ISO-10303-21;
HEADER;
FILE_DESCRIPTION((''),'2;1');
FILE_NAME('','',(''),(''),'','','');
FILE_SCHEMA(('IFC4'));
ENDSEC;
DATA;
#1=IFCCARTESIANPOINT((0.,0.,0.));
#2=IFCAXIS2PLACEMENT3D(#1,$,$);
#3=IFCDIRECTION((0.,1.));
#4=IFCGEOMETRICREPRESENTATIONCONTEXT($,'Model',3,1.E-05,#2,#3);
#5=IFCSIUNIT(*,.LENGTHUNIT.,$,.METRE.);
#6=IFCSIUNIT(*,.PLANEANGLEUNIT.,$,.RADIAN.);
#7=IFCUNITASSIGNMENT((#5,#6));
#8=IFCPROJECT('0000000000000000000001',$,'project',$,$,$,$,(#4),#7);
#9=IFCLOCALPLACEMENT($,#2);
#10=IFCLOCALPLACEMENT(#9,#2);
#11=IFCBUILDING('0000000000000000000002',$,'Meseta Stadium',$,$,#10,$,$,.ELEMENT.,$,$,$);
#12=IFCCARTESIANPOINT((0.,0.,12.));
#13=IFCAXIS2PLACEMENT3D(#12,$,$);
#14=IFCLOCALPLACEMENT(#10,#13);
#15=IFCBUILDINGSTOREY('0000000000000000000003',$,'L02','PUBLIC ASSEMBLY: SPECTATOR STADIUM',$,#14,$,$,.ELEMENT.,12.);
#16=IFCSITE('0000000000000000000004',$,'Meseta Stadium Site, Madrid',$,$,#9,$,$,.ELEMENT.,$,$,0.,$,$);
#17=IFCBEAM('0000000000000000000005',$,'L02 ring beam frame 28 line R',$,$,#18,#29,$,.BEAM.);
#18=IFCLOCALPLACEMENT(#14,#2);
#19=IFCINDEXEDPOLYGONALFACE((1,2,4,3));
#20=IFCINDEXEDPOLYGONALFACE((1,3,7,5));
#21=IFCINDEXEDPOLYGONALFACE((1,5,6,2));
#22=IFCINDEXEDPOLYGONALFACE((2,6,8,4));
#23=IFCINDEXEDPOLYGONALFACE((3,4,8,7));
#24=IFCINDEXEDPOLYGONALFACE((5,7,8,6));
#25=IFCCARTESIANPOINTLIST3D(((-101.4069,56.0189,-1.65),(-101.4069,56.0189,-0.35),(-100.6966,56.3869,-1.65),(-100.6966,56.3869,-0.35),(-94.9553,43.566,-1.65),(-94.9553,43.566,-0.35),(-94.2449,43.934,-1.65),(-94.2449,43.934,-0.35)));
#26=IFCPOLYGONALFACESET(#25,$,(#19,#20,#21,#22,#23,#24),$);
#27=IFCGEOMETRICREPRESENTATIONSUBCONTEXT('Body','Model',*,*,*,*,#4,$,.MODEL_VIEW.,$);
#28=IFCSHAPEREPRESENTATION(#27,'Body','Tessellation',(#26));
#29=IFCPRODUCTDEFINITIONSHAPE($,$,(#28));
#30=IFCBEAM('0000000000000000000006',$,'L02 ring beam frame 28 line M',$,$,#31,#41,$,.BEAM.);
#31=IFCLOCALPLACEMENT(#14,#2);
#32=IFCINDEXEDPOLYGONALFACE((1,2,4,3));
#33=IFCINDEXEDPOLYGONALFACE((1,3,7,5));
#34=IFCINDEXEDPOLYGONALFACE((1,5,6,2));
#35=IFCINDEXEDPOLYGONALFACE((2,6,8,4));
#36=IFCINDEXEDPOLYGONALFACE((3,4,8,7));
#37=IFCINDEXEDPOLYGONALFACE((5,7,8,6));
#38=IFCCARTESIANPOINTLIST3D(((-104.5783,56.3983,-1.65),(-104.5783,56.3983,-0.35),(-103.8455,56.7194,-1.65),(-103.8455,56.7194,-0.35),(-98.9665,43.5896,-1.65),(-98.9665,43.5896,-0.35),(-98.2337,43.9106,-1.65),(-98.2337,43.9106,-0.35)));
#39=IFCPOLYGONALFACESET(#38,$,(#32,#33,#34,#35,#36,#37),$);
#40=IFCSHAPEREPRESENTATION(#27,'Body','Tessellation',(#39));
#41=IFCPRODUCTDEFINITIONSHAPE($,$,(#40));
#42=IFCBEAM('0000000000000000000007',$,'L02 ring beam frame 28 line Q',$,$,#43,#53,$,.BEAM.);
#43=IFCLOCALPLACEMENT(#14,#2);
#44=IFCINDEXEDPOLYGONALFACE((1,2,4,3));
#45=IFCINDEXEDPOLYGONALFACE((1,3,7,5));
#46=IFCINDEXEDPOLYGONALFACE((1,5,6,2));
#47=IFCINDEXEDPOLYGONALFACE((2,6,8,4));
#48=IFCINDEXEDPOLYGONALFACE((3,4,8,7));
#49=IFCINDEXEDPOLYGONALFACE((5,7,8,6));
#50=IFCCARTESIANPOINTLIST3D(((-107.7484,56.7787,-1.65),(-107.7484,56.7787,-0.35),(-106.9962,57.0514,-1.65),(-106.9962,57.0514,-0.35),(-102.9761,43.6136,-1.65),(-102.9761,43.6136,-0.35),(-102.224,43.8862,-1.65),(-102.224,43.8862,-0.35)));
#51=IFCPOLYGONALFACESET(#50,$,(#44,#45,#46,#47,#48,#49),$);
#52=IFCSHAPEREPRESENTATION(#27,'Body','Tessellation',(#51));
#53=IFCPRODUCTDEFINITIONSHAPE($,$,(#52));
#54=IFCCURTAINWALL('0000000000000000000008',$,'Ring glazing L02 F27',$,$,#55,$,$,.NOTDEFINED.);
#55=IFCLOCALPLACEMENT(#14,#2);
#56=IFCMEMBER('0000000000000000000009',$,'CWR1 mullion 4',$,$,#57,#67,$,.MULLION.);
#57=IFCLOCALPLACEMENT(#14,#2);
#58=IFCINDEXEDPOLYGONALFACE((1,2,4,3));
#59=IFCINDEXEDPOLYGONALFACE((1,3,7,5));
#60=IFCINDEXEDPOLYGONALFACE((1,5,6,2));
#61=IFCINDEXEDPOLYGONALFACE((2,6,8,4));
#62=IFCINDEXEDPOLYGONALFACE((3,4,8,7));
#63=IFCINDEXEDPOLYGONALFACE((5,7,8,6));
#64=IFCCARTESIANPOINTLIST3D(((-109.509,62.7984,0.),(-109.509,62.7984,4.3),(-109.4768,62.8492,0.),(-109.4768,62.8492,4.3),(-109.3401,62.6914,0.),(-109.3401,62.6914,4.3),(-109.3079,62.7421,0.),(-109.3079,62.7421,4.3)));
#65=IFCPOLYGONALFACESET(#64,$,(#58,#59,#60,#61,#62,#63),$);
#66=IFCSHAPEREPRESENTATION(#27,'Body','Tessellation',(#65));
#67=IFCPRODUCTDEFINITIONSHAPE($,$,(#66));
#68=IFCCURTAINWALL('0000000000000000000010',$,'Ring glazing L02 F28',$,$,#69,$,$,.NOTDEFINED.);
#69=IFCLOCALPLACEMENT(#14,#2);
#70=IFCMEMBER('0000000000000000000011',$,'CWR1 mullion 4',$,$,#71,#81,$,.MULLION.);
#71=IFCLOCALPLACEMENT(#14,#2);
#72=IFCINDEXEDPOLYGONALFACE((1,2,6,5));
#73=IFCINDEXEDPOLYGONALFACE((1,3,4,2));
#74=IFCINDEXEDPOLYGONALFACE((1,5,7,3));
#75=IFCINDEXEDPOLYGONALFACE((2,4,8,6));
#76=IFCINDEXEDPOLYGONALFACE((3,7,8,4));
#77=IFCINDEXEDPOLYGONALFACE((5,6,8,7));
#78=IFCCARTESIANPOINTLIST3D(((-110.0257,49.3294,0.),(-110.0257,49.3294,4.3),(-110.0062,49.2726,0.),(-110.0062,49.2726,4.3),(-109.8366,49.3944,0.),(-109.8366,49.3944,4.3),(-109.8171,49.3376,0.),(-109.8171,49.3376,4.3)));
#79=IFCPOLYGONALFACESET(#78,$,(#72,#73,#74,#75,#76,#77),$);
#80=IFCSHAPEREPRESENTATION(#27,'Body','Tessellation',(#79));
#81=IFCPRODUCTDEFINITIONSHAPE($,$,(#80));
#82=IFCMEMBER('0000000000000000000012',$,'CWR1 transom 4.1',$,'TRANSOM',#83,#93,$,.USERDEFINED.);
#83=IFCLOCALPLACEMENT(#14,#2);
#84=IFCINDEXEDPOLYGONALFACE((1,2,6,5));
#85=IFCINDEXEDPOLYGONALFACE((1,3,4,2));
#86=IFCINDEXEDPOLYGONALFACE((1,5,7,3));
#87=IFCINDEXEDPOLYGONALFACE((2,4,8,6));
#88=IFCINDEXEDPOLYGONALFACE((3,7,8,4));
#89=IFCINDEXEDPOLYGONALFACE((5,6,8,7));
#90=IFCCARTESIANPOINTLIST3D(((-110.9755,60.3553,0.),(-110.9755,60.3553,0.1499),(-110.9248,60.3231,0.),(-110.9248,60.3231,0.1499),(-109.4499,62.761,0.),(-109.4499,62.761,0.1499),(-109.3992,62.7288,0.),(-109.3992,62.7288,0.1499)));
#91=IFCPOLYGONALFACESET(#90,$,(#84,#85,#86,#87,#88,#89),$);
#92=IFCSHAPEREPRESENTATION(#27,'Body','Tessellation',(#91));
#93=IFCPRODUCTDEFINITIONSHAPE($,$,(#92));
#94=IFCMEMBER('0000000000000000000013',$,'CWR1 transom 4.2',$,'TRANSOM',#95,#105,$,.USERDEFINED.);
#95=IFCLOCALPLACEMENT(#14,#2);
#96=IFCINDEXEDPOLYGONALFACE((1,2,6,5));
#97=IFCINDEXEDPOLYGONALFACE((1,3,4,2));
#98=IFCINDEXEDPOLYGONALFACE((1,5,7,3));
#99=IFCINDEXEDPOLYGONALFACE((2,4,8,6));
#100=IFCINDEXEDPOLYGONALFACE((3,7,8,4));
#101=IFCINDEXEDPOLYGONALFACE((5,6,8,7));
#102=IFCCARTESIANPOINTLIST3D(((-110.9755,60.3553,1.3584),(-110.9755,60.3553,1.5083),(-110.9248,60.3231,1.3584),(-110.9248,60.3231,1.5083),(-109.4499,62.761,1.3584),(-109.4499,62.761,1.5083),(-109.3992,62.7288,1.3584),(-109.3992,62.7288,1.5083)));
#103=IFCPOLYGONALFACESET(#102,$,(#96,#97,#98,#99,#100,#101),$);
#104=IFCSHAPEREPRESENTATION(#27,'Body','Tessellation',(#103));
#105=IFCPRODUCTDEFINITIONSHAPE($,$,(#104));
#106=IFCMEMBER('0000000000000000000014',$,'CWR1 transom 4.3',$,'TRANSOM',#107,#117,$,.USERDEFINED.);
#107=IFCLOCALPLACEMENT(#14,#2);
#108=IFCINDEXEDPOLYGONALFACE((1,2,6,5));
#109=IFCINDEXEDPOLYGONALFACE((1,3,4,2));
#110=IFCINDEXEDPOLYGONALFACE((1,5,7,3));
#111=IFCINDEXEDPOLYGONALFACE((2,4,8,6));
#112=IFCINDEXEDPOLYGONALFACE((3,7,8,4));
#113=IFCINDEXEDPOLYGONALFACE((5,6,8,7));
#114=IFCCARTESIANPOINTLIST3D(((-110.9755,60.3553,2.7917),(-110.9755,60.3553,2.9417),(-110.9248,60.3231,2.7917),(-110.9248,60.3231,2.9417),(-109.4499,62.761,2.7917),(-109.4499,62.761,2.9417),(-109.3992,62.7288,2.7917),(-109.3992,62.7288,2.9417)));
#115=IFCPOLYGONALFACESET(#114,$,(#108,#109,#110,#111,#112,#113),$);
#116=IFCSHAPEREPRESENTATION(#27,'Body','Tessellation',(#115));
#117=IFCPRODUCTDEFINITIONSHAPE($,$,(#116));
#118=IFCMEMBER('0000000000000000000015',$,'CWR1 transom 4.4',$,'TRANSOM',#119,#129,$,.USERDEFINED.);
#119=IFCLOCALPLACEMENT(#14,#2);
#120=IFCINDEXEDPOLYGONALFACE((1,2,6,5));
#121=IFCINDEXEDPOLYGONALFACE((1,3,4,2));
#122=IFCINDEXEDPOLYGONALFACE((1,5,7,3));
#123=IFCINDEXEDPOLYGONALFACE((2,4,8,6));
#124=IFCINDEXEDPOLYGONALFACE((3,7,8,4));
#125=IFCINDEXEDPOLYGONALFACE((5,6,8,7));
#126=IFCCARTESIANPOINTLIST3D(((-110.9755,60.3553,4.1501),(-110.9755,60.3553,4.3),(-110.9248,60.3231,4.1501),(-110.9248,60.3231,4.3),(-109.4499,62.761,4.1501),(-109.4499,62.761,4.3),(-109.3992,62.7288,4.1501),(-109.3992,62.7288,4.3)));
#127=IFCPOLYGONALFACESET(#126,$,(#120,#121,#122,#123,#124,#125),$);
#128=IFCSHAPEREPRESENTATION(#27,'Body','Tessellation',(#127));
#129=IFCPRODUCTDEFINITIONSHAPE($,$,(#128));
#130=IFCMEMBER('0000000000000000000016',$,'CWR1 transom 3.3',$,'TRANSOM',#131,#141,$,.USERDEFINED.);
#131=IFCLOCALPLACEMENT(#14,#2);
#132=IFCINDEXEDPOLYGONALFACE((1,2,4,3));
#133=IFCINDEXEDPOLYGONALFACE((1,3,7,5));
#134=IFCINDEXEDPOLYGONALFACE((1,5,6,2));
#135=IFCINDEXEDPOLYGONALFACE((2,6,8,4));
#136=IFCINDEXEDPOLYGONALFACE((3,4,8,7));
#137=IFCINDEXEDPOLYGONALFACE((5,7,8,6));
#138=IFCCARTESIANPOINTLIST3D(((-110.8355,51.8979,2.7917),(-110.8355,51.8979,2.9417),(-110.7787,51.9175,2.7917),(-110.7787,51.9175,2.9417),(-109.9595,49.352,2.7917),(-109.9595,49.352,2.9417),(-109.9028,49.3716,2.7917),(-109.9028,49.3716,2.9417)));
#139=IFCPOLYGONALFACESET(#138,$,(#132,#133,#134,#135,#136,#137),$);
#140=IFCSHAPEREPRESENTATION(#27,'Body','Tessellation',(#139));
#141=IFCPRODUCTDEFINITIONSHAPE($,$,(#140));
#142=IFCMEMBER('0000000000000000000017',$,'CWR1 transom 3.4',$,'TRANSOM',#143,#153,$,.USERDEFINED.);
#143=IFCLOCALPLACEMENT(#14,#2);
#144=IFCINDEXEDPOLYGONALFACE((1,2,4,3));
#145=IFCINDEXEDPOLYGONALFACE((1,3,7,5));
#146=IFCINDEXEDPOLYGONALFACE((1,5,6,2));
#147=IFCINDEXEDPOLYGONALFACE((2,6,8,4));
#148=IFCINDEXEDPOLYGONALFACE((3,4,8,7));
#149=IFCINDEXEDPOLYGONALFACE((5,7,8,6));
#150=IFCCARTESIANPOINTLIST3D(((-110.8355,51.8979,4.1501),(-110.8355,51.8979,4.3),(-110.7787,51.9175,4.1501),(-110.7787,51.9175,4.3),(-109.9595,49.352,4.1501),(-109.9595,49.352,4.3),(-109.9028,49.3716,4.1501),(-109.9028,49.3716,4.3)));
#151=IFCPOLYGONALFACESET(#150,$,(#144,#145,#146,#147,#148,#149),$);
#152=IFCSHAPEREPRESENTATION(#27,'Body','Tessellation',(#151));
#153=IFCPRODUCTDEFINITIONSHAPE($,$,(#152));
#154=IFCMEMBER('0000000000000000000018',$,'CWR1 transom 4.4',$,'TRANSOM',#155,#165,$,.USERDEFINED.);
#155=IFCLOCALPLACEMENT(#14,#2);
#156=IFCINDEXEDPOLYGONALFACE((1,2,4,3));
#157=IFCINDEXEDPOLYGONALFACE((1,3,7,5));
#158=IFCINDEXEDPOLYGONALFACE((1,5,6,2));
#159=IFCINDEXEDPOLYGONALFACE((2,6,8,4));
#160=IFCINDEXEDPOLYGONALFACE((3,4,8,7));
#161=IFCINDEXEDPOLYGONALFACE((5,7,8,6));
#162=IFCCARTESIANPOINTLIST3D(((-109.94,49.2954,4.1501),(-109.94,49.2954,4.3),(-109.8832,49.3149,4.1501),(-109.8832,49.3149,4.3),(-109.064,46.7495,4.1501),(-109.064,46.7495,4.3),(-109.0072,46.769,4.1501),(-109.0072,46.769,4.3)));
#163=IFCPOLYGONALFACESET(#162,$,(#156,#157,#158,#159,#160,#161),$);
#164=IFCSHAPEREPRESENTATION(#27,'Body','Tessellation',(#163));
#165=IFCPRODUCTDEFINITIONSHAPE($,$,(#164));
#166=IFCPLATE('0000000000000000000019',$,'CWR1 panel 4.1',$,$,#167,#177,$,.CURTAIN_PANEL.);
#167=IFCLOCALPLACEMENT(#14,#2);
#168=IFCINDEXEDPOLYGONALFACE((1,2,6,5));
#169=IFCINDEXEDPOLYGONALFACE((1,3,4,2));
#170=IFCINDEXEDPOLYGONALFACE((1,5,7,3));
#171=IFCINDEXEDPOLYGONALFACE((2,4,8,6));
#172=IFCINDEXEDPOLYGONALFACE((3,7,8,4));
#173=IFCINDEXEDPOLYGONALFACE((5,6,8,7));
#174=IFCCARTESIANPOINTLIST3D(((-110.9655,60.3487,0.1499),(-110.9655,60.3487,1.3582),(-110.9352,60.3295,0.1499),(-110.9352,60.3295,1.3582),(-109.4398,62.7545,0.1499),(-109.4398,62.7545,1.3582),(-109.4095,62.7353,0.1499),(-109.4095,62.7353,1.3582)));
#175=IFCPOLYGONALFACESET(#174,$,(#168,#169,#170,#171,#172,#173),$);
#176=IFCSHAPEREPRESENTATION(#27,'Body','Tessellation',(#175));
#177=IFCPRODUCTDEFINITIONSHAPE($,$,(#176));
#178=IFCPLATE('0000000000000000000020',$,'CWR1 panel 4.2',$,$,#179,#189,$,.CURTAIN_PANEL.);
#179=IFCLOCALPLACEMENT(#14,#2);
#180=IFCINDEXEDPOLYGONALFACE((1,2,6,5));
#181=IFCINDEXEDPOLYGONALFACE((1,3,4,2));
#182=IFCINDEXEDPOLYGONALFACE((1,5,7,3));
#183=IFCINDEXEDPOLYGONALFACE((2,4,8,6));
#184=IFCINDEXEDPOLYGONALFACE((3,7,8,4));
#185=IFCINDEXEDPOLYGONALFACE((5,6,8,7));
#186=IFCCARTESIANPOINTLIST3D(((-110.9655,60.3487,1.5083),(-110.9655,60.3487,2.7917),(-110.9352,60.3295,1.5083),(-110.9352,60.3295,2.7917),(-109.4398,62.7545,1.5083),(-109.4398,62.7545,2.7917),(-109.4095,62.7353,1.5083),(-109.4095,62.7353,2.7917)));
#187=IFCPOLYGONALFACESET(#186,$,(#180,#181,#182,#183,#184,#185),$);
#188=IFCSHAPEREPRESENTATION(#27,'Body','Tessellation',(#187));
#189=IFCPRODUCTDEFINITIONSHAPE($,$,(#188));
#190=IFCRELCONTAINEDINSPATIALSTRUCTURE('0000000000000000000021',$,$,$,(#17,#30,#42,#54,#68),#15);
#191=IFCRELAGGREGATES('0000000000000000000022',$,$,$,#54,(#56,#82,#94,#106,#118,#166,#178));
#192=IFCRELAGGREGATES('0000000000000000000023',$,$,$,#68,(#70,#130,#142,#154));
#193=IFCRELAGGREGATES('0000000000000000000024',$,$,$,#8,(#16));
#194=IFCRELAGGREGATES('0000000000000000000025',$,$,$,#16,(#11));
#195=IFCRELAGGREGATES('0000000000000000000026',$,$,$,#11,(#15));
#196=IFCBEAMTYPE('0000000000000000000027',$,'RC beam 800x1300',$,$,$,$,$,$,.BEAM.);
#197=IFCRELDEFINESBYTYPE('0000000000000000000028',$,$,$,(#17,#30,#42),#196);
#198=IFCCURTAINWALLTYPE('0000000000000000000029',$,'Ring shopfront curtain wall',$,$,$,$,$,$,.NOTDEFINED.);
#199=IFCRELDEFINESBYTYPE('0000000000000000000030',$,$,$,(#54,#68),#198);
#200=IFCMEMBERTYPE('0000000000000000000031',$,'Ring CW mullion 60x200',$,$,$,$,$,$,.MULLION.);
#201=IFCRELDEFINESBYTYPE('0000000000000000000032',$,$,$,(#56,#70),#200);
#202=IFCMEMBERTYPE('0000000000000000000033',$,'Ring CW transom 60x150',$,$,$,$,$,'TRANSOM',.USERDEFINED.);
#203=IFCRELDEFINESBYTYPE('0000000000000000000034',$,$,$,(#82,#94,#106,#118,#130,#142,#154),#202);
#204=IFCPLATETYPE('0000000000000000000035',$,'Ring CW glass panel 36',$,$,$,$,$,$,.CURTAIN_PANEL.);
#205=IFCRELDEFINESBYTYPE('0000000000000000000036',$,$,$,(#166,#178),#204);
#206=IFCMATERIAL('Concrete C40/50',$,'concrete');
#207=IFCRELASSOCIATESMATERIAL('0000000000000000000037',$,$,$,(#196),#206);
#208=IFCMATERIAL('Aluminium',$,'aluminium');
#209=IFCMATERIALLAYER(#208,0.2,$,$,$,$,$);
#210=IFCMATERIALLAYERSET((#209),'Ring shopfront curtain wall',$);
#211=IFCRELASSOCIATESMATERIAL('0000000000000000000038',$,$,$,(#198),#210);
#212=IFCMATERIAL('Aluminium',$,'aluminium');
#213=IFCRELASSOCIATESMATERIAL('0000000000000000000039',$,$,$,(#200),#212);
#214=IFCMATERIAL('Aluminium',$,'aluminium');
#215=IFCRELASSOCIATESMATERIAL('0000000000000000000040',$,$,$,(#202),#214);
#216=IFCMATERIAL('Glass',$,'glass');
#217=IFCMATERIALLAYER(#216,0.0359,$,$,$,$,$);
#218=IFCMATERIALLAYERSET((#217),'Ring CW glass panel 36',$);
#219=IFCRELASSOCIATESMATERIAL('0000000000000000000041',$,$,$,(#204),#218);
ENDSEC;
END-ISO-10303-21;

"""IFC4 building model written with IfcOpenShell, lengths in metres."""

from ifc_helpers import new_model, si_unit, direction, frame, origin, origin_2d, place, context, subcontext, project, spatial, rectangle, extrude, material, layer, layer_set, material_profile, profile_set, type_object, element, aggregate, save


model = new_model("IFC4")

# Units and contexts
model_context = context("Model", 3, precision=1e-05, world=origin(), true_north=direction((0.0, 1.0)))
body_context = subcontext(model_context, "Body", "Model", "MODEL_VIEW")
ifc_project = project(units=[si_unit("LENGTHUNIT", "METRE"), si_unit("PLANEANGLEUNIT", "RADIAN")], contexts=[model_context])

# Site, building, storey
site_placement = place(None, origin())
site = spatial("IfcSite", under=ifc_project, at=site_placement, Name="Meseta Stadium Site, Madrid", CompositionType="ELEMENT", RefElevation=0.0)
building_placement = place(site_placement, origin())
building = spatial("IfcBuilding", under=site, at=building_placement, Name="Meseta Stadium", CompositionType="ELEMENT")
storey_placement = place(building_placement, frame((0.0, 0.0, 12.0)))
storey = spatial("IfcBuildingStorey", under=building, at=storey_placement, Name="L02", Description="PUBLIC ASSEMBLY: SPECTATOR STADIUM", CompositionType="ELEMENT", Elevation=12.0)

# Beams
ifc_material_1 = material(Name="Concrete C40/50", Category="concrete")
ifc_material_profile_1 = material_profile(ifc_material_1, rectangle(XDim=0.8, YDim=1.3, at=origin_2d()), Name="RC 800x1300")
ifc_profile_set_1 = profile_set([ifc_material_profile_1], Name="Concrete C40/50")
beam_type_1 = type_object("IfcBeamType", Name="RC beam 800x1300", PredefinedType="BEAM", material=ifc_profile_set_1)
beam_1_placement = place(storey_placement, frame((-101.0518, 56.2029, -1.0), z_axis=(0.460014, -0.887912, 0.0), x_axis=(0.887912, 0.460014, 0.0)))
element("IfcBeam", 1, at=beam_1_placement, inside=storey, type_object=beam_type_1, Name="L02 ring beam frame 28 line R", PredefinedType="BEAM", context=body_context, shape_type="SweptSolid", body=[
    extrude(rectangle(XDim=0.8, YDim=1.3, at=origin_2d()), origin(), (0.0, 0.0, 1.0), 14.0249),
])
beam_2_placement = place(storey_placement, frame((-104.2119, 56.5588, -1.0), z_axis=(0.401296, -0.915948, 0.0), x_axis=(0.915948, 0.401296, 0.0)))
element("IfcBeam", 2, at=beam_2_placement, inside=storey, type_object=beam_type_1, Name="L02 ring beam frame 28 line M", PredefinedType="BEAM", context=body_context, shape_type="SweptSolid", body=[
    extrude(rectangle(XDim=0.8, YDim=1.3, at=origin_2d()), origin(), (0.0, 0.0, 1.0), 13.9841),
])
beam_3_placement = place(storey_placement, frame((-107.3723, 56.915, -1.0), z_axis=(0.340792, -0.940139, 0.0), x_axis=(0.940139, 0.340792, 0.0)))
element("IfcBeam", 3, at=beam_3_placement, inside=storey, type_object=beam_type_1, Name="L02 ring beam frame 28 line Q", PredefinedType="BEAM", context=body_context, shape_type="SweptSolid", body=[
    extrude(rectangle(XDim=0.8, YDim=1.3, at=origin_2d()), origin(), (0.0, 0.0, 1.0), 14.0034),
])

# Curtain walls, members
ifc_material_2 = material(Name="Aluminium", Category="aluminium")
ifc_layer_1 = layer(ifc_material_2, 0.2)
ifc_layer_set_1 = layer_set([ifc_layer_1], Name="Ring shopfront curtain wall")
curtain_wall_type = type_object("IfcCurtainWallType", Name="Ring shopfront curtain wall", PredefinedType="NOTDEFINED", material=ifc_layer_set_1)
curtain_wall_1_placement = place(storey_placement, origin())
curtain_wall_1 = element("IfcCurtainWall", 4, at=curtain_wall_1_placement, inside=storey, type_object=curtain_wall_type, Name="Ring glazing L02 F27", PredefinedType="NOTDEFINED")
ifc_material_3 = material(Name="Aluminium", Category="aluminium")
ifc_material_profile_2 = material_profile(ifc_material_3, rectangle(XDim=0.2, YDim=0.0601, at=origin_2d()), Name="CW 200x60")
ifc_profile_set_2 = profile_set([ifc_material_profile_2], Name="Aluminium")
member_type_1 = type_object("IfcMemberType", Name="Ring CW mullion 60x200", PredefinedType="MULLION", material=ifc_profile_set_2)
member_1_placement = place(storey_placement, frame((-109.4084, 62.7703, 0.0), z_axis=(0.0, 0.0, 1.0), x_axis=(0.844491, -0.535569, 0.0)))
member_1 = element("IfcMember", 5, at=member_1_placement, type_object=member_type_1, Name="CWR1 mullion 4", PredefinedType="MULLION", context=body_context, shape_type="SweptSolid", body=[
    extrude(rectangle(XDim=0.2, YDim=0.0601, at=origin_2d()), origin(), (0.0, 0.0, 1.0), 4.3),
])
curtain_wall_2_placement = place(storey_placement, origin())
curtain_wall_2 = element("IfcCurtainWall", 6, at=curtain_wall_2_placement, inside=storey, type_object=curtain_wall_type, Name="Ring glazing L02 F28", PredefinedType="NOTDEFINED")
member_2_placement = place(storey_placement, frame((-109.9214, 49.3335, 0.0), z_axis=(0.0, 0.0, 1.0), x_axis=(0.945581, 0.325386, 0.0)))
member_2 = element("IfcMember", 7, at=member_2_placement, type_object=member_type_1, Name="CWR1 mullion 4", PredefinedType="MULLION", context=body_context, shape_type="SweptSolid", body=[
    extrude(rectangle(XDim=0.2, YDim=0.0601, at=origin_2d()), origin(), (0.0, 0.0, 1.0), 4.3),
])

# Members
ifc_material_4 = material(Name="Aluminium", Category="aluminium")
ifc_material_profile_3 = material_profile(ifc_material_4, rectangle(XDim=0.0601, YDim=0.1499, at=origin_2d()), Name="CW 60x150")
ifc_profile_set_3 = profile_set([ifc_material_profile_3], Name="Aluminium")
member_type_2 = type_object("IfcMemberType", Name="Ring CW transom 60x150", ElementType="TRANSOM", PredefinedType="USERDEFINED", material=ifc_profile_set_3)
member_3_placement = place(storey_placement, frame((-109.4246, 62.7449, 0.075), z_axis=(-0.535549, -0.844504, 0.0), x_axis=(0.844504, -0.535549, 0.0)))
member_3 = element("IfcMember", 8, at=member_3_placement, type_object=member_type_2, Name="CWR1 transom 4.1", ObjectType="TRANSOM", PredefinedType="USERDEFINED", context=body_context, shape_type="SweptSolid", body=[
    extrude(rectangle(XDim=0.0601, YDim=0.1499, at=origin_2d()), origin(), (0.0, 0.0, 1.0), 2.8486),
])
member_4_placement = place(storey_placement, frame((-109.4246, 62.7449, 1.4333), z_axis=(-0.535549, -0.844504, 0.0), x_axis=(0.844504, -0.535549, 0.0)))
member_4 = element("IfcMember", 9, at=member_4_placement, type_object=member_type_2, Name="CWR1 transom 4.2", ObjectType="TRANSOM", PredefinedType="USERDEFINED", context=body_context, shape_type="SweptSolid", body=[
    extrude(rectangle(XDim=0.0601, YDim=0.1499, at=origin_2d()), origin(), (0.0, 0.0, 1.0), 2.8486),
])
member_5_placement = place(storey_placement, frame((-109.4246, 62.7449, 2.8667), z_axis=(-0.535549, -0.844504, 0.0), x_axis=(0.844504, -0.535549, 0.0)))
member_5 = element("IfcMember", 10, at=member_5_placement, type_object=member_type_2, Name="CWR1 transom 4.3", ObjectType="TRANSOM", PredefinedType="USERDEFINED", context=body_context, shape_type="SweptSolid", body=[
    extrude(rectangle(XDim=0.0601, YDim=0.1499, at=origin_2d()), origin(), (0.0, 0.0, 1.0), 2.8486),
])
member_6_placement = place(storey_placement, frame((-109.4246, 62.7449, 4.2251), z_axis=(-0.535549, -0.844504, 0.0), x_axis=(0.844504, -0.535549, 0.0)))
member_6 = element("IfcMember", 11, at=member_6_placement, type_object=member_type_2, Name="CWR1 transom 4.4", ObjectType="TRANSOM", PredefinedType="USERDEFINED", context=body_context, shape_type="SweptSolid", body=[
    extrude(rectangle(XDim=0.0601, YDim=0.1499, at=origin_2d()), origin(), (0.0, 0.0, 1.0), 2.8486),
])
member_7_placement = place(storey_placement, frame((-110.8071, 51.9077, 2.8667), z_axis=(0.325353, -0.945592, 0.0), x_axis=(0.945592, 0.325353, 0.0)))
member_7 = element("IfcMember", 12, at=member_7_placement, type_object=member_type_2, Name="CWR1 transom 3.3", ObjectType="TRANSOM", PredefinedType="USERDEFINED", context=body_context, shape_type="SweptSolid", body=[
    extrude(rectangle(XDim=0.0601, YDim=0.1499, at=origin_2d()), origin(), (0.0, 0.0, 1.0), 2.6924),
])
member_8_placement = place(storey_placement, frame((-110.8071, 51.9077, 4.2251), z_axis=(0.325353, -0.945592, 0.0), x_axis=(0.945592, 0.325353, 0.0)))
member_8 = element("IfcMember", 13, at=member_8_placement, type_object=member_type_2, Name="CWR1 transom 3.4", ObjectType="TRANSOM", PredefinedType="USERDEFINED", context=body_context, shape_type="SweptSolid", body=[
    extrude(rectangle(XDim=0.0601, YDim=0.1499, at=origin_2d()), origin(), (0.0, 0.0, 1.0), 2.6924),
])
member_9_placement = place(storey_placement, frame((-109.9116, 49.3052, 4.2251), z_axis=(0.325353, -0.945592, 0.0), x_axis=(0.945592, 0.325353, 0.0)))
member_9 = element("IfcMember", 14, at=member_9_placement, type_object=member_type_2, Name="CWR1 transom 4.4", ObjectType="TRANSOM", PredefinedType="USERDEFINED", context=body_context, shape_type="SweptSolid", body=[
    extrude(rectangle(XDim=0.0601, YDim=0.1499, at=origin_2d()), origin(), (0.0, 0.0, 1.0), 2.6924),
])

# Plates
ifc_material_5 = material(Name="Glass", Category="glass")
ifc_layer_2 = layer(ifc_material_5, 0.0359)
ifc_layer_set_2 = layer_set([ifc_layer_2], Name="Ring CW glass panel 36")
plate_type = type_object("IfcPlateType", Name="Ring CW glass panel 36", PredefinedType="CURTAIN_PANEL", material=ifc_layer_set_2)
plate_1_placement = place(storey_placement, frame((-110.1875, 61.542, 0.1499), z_axis=(0.0, 0.0, 1.0), x_axis=(-0.535569, -0.844491, 0.0)))
plate_1 = element("IfcPlate", 15, at=plate_1_placement, type_object=plate_type, Name="CWR1 panel 4.1", PredefinedType="CURTAIN_PANEL", context=body_context, shape_type="SweptSolid", body=[
    extrude(rectangle(XDim=2.8489, YDim=0.0359, at=origin_2d()), origin(), (0.0, 0.0, 1.0), 1.2083),
])
plate_2_placement = place(storey_placement, frame((-110.1875, 61.542, 1.5083), z_axis=(0.0, 0.0, 1.0), x_axis=(-0.535569, -0.844491, 0.0)))
plate_2 = element("IfcPlate", 16, at=plate_2_placement, type_object=plate_type, Name="CWR1 panel 4.2", PredefinedType="CURTAIN_PANEL", context=body_context, shape_type="SweptSolid", body=[
    extrude(rectangle(XDim=2.8489, YDim=0.0359, at=origin_2d()), origin(), (0.0, 0.0, 1.0), 1.2834),
])
aggregate(curtain_wall_1, [member_1, member_3, member_4, member_5, member_6, plate_1, plate_2])
aggregate(curtain_wall_2, [member_2, member_7, member_8, member_9])

save(model, "model.ifc")
